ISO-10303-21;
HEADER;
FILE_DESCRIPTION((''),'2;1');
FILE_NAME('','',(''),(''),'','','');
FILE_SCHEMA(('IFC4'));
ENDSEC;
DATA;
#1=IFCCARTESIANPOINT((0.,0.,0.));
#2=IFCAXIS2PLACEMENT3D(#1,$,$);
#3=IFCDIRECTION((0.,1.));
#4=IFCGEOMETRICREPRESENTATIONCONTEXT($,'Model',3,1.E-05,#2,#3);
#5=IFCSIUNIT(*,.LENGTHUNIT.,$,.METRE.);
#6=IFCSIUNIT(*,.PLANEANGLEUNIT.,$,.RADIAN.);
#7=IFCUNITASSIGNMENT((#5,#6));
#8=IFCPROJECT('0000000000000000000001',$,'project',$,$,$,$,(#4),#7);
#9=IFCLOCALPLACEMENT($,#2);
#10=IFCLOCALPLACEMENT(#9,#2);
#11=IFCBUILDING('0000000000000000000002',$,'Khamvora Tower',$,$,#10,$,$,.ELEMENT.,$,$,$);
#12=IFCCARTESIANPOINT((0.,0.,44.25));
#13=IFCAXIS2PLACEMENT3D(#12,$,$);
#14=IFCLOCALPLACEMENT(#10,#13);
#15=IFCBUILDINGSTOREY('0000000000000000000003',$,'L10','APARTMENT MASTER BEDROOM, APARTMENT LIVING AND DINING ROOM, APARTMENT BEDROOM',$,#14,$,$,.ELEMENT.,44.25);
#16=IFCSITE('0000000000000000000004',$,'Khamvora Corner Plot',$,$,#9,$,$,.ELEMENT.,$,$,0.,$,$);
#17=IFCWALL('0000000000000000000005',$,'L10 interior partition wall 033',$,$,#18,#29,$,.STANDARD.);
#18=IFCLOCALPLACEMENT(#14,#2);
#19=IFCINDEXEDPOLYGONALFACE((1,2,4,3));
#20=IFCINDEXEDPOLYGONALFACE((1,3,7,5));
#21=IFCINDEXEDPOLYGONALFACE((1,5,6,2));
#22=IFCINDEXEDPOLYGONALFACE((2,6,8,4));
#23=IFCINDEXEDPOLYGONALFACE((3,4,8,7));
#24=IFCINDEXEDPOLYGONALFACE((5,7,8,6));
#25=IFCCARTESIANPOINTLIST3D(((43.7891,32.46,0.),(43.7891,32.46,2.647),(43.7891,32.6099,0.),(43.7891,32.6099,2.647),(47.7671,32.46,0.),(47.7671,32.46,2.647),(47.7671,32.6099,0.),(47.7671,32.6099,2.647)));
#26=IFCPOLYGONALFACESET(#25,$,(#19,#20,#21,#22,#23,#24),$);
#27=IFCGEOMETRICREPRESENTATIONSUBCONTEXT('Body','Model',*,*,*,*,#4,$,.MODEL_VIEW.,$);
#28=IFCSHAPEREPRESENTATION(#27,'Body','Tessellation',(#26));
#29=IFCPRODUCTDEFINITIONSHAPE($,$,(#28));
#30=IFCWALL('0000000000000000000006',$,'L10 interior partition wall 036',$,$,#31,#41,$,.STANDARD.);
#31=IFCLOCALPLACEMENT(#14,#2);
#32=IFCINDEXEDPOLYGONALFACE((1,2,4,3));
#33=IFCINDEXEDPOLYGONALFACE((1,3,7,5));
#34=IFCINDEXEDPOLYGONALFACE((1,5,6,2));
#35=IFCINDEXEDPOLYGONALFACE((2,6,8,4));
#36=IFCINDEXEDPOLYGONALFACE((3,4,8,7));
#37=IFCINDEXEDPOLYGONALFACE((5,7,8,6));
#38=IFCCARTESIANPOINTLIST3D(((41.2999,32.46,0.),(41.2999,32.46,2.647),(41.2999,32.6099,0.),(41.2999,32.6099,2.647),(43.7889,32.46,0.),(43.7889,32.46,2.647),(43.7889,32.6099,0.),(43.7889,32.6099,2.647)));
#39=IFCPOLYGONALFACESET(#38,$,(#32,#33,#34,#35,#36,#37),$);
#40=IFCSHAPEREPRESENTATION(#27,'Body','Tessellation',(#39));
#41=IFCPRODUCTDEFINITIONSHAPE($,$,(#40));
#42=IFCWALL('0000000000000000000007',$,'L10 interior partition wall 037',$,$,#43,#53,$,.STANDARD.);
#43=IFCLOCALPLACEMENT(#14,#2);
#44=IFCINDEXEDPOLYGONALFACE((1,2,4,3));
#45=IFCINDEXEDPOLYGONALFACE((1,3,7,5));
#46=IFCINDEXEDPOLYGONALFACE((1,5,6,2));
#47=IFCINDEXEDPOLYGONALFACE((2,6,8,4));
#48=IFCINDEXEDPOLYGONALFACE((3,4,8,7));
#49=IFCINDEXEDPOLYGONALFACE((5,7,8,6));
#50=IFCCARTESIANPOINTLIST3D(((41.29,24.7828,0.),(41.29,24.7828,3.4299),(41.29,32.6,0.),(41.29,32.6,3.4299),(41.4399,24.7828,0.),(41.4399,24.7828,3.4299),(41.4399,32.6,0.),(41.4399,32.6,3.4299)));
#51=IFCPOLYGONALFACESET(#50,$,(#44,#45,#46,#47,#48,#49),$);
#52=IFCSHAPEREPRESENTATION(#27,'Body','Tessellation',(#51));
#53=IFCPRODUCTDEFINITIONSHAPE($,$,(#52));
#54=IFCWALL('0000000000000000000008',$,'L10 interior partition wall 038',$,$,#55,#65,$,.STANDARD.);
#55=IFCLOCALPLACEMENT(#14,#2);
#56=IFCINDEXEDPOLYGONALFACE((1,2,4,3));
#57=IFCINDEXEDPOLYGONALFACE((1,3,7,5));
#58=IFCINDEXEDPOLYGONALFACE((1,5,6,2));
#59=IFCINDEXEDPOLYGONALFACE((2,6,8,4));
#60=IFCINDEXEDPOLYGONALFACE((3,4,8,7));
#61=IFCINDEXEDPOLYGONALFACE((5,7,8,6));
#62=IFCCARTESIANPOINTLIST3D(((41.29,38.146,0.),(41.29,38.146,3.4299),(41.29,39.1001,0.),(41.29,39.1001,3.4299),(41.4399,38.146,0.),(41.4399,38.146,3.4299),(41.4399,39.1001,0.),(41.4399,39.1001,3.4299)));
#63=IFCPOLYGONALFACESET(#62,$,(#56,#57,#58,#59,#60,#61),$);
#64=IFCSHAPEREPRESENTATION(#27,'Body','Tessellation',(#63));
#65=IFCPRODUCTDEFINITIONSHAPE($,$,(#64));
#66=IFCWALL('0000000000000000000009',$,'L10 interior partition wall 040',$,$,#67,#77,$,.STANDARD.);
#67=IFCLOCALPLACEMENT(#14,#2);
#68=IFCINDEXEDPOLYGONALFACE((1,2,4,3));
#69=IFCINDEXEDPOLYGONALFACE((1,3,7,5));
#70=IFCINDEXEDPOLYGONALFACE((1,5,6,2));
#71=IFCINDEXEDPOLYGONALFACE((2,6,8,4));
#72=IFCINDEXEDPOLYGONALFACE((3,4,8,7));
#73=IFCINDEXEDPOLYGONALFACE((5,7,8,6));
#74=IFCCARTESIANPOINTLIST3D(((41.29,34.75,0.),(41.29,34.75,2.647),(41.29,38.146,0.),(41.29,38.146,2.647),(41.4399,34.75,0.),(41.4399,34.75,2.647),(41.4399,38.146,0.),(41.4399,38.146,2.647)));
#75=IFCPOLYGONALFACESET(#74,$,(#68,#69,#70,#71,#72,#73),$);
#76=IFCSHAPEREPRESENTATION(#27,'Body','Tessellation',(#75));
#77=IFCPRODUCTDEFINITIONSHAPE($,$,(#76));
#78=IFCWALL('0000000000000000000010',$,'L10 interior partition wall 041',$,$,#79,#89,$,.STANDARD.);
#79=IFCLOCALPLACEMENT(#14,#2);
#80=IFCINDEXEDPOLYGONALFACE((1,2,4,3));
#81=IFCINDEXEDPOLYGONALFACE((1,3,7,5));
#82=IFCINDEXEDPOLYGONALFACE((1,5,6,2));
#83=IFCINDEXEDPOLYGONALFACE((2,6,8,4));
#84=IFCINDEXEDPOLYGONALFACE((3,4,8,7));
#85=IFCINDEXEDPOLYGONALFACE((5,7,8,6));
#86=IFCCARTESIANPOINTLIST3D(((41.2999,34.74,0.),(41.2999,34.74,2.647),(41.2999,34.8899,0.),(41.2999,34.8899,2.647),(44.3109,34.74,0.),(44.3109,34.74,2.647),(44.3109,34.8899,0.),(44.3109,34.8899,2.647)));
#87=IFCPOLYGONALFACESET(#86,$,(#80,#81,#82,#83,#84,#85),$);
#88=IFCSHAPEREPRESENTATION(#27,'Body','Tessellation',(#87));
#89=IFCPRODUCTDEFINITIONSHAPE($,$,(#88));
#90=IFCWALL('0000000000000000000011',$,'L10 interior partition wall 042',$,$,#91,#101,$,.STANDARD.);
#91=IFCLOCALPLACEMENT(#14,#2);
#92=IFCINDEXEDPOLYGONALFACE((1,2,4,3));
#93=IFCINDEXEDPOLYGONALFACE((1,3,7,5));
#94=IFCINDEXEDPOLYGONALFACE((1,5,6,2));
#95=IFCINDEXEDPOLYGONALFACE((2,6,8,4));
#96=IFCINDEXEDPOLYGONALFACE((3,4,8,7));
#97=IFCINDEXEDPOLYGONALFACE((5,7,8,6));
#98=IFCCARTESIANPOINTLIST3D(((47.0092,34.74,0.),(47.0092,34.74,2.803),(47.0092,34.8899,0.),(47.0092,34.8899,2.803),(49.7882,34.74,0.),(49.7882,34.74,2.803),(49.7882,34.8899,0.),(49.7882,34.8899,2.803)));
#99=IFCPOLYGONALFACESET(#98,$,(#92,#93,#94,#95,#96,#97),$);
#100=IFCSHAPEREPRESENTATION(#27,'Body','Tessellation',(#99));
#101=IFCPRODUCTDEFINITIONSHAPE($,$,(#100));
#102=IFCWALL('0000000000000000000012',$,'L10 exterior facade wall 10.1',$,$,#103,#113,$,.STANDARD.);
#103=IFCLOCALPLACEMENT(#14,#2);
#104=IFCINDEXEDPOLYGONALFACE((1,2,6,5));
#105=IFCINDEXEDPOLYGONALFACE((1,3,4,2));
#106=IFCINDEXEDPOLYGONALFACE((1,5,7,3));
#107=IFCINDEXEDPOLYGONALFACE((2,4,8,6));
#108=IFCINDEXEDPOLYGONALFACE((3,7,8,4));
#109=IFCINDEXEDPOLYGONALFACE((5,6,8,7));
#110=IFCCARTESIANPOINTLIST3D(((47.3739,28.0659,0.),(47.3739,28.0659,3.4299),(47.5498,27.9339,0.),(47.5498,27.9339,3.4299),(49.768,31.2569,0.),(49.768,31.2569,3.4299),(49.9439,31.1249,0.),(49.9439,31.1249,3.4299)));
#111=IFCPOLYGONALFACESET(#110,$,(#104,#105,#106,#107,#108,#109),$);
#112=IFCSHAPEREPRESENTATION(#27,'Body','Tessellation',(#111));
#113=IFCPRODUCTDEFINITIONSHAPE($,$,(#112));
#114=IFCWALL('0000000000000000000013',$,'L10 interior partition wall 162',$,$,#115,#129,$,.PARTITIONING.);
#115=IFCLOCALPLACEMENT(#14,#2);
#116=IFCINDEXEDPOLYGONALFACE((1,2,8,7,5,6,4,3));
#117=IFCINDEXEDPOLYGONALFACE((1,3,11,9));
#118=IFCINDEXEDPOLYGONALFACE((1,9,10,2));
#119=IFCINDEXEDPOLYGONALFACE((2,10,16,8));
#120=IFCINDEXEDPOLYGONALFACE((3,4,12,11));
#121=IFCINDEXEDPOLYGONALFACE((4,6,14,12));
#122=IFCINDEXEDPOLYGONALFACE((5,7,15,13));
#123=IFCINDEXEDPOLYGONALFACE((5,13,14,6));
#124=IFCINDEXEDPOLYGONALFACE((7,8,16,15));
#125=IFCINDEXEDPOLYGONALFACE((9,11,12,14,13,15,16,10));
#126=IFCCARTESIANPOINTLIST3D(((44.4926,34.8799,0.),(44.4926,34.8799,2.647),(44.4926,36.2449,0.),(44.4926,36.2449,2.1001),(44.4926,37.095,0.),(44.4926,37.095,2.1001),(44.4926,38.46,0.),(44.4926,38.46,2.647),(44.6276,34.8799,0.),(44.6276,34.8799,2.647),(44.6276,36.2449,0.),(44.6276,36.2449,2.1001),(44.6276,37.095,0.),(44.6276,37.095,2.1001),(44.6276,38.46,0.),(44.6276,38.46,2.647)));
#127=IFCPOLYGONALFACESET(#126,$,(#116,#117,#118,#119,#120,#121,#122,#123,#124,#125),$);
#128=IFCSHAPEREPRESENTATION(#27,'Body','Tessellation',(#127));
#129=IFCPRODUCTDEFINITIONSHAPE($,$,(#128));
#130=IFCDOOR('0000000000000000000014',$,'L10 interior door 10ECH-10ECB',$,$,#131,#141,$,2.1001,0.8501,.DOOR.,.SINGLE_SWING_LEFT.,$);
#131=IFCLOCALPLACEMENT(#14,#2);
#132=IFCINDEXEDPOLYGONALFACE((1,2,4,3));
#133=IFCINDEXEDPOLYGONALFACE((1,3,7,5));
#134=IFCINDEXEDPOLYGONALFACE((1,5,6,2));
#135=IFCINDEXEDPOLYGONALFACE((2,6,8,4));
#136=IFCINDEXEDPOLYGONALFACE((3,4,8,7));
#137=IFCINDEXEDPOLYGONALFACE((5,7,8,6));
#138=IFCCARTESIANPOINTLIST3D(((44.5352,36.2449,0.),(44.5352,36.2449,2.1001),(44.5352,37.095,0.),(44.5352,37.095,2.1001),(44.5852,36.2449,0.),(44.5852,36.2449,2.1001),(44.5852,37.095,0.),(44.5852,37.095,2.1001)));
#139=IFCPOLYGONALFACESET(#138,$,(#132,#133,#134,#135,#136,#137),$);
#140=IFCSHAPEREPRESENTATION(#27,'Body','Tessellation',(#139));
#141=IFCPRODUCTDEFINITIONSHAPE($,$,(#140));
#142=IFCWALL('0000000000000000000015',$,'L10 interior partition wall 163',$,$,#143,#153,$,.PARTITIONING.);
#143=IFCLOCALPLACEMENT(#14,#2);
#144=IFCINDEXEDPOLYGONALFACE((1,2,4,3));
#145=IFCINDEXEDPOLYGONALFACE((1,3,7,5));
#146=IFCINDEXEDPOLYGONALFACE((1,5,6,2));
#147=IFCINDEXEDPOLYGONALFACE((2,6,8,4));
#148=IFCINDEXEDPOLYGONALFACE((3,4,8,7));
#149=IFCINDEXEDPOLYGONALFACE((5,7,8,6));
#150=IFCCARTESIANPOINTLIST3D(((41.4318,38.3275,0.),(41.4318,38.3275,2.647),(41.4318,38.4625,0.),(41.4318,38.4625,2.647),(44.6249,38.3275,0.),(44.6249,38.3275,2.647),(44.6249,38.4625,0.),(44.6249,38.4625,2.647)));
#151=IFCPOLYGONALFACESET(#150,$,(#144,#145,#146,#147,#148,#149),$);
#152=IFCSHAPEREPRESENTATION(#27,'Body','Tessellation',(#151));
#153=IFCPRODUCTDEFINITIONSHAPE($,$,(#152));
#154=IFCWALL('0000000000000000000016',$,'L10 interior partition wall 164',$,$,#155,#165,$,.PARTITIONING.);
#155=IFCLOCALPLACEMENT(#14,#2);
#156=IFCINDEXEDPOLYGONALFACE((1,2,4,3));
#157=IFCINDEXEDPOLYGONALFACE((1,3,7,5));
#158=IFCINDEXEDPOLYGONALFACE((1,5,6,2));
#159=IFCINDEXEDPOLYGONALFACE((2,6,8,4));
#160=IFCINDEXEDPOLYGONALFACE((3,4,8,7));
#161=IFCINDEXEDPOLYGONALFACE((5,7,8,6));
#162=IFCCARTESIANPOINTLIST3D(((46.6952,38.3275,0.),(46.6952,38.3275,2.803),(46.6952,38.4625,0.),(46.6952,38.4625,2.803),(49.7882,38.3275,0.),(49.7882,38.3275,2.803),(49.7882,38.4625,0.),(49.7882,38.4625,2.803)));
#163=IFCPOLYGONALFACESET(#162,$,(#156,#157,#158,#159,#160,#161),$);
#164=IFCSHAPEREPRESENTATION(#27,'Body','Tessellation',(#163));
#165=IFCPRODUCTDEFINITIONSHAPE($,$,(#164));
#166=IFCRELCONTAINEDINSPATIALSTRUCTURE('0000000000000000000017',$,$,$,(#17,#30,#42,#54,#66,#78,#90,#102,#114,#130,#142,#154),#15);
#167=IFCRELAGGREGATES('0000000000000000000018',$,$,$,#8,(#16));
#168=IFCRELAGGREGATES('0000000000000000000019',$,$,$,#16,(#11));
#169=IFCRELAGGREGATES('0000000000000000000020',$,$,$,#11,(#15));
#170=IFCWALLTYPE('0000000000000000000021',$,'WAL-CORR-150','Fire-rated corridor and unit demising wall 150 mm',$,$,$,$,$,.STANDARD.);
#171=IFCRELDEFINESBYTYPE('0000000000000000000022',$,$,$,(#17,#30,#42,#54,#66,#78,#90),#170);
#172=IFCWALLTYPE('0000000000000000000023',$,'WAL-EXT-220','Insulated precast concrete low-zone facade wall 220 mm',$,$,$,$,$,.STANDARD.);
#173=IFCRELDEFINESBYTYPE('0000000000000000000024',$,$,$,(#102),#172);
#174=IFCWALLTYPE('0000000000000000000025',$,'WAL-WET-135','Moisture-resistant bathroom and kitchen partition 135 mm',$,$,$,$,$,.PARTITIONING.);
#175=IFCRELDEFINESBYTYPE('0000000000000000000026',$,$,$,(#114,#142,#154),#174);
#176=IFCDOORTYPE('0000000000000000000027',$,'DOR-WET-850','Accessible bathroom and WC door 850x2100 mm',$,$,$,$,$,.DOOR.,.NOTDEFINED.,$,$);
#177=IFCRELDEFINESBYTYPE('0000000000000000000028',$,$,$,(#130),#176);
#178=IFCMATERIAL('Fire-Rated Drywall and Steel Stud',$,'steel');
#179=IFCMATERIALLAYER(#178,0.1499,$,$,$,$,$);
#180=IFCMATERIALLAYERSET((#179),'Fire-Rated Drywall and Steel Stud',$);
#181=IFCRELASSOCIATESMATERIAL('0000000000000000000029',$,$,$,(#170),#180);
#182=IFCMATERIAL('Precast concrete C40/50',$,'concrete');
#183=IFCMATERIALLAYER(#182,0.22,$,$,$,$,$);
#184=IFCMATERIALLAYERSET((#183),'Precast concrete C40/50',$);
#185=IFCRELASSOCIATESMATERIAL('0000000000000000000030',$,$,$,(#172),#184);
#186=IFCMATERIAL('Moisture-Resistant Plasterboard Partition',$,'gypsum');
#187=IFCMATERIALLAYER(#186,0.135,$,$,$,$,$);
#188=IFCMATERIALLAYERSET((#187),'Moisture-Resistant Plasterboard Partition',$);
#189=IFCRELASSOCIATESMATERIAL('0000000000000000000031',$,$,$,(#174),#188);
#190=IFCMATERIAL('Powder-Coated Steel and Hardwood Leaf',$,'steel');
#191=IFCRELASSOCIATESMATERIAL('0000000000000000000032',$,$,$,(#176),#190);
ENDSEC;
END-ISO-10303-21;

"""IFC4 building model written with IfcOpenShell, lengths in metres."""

from ifc_helpers import new_model, si_unit, direction, frame, frame_2d, origin, place, context, subcontext, project, spatial, rectangle, extrude, material, layer, layer_set, type_object, element, fill, save


model = new_model("IFC4")

# Units and contexts
model_context = context("Model", 3, precision=1e-05, world=origin(), true_north=direction((0.0, 1.0)))
body_context = subcontext(model_context, "Body", "Model", "MODEL_VIEW")
ifc_project = project(units=[si_unit("LENGTHUNIT", "METRE"), si_unit("PLANEANGLEUNIT", "RADIAN")], contexts=[model_context])

# Site, building, storey
site_placement = place(None, origin())
site = spatial("IfcSite", under=ifc_project, at=site_placement, Name="Khamvora Corner Plot", CompositionType="ELEMENT", RefElevation=0.0)
building_placement = place(site_placement, origin())
building = spatial("IfcBuilding", under=site, at=building_placement, Name="Khamvora Tower", CompositionType="ELEMENT")
storey_placement = place(building_placement, frame((0.0, 0.0, 44.25)))
storey = spatial("IfcBuildingStorey", under=building, at=storey_placement, Name="L10", Description="APARTMENT MASTER BEDROOM, APARTMENT LIVING AND DINING ROOM, APARTMENT BEDROOM", CompositionType="ELEMENT", Elevation=44.25)

# Walls
ifc_material_1 = material(Name="Fire-Rated Drywall and Steel Stud", Category="steel")
ifc_layer_1 = layer(ifc_material_1, 0.1499)
ifc_layer_set_1 = layer_set([ifc_layer_1], Name="Fire-Rated Drywall and Steel Stud")
wall_type_1 = type_object("IfcWallType", Name="WAL-CORR-150", Description="Fire-rated corridor and unit demising wall 150 mm", PredefinedType="STANDARD", material=ifc_layer_set_1)
wall_1_placement = place(storey_placement, frame((47.7671, 32.5349, 0.0), z_axis=(0.0, 0.0, 1.0), x_axis=(-1.0, 0.0, 0.0)))
element("IfcWall", 1, at=wall_1_placement, inside=storey, type_object=wall_type_1, Name="L10 interior partition wall 033", PredefinedType="STANDARD", context=body_context, shape_type="SweptSolid", body=[
    extrude(rectangle(XDim=3.978, YDim=0.1499, at=frame_2d((1.989, 0.0))), origin(), (0.0, 0.0, 1.0), 2.647),
])
wall_2_placement = place(storey_placement, frame((43.7891, 32.5349, 0.0), z_axis=(0.0, 0.0, 1.0), x_axis=(-1.0, 0.0, 0.0)))
element("IfcWall", 2, at=wall_2_placement, inside=storey, type_object=wall_type_1, Name="L10 interior partition wall 036", PredefinedType="STANDARD", context=body_context, shape_type="SweptSolid", body=[
    extrude(rectangle(XDim=2.489, YDim=0.1499, at=frame_2d((1.2446, 0.0))), origin(), (0.0, 0.0, 1.0), 2.647),
])
wall_3_placement = place(storey_placement, frame((41.365, 32.6001, 0.0), z_axis=(0.0, 0.0, 1.0), x_axis=(0.0, -1.0, 0.0)))
element("IfcWall", 3, at=wall_3_placement, inside=storey, type_object=wall_type_1, Name="L10 interior partition wall 037", PredefinedType="STANDARD", context=body_context, shape_type="SweptSolid", body=[
    extrude(rectangle(XDim=7.8171, YDim=0.1499, at=frame_2d((3.9087, 0.0))), origin(), (0.0, 0.0, 1.0), 3.4299),
])
wall_4_placement = place(storey_placement, frame((41.365, 39.1001, 0.0), z_axis=(0.0, 0.0, 1.0), x_axis=(0.0, -1.0, 0.0)))
element("IfcWall", 4, at=wall_4_placement, inside=storey, type_object=wall_type_1, Name="L10 interior partition wall 038", PredefinedType="STANDARD", context=body_context, shape_type="SweptSolid", body=[
    extrude(rectangle(XDim=0.9541, YDim=0.1499, at=frame_2d((0.4771, 0.0))), origin(), (0.0, 0.0, 1.0), 3.4299),
])

# Shared definitions
ifc_material_2 = material(Name="Powder-Coated Steel and Hardwood Leaf", Category="steel")

# Walls
wall_5_placement = place(storey_placement, frame((41.365, 38.146, 0.0), z_axis=(0.0, 0.0, 1.0), x_axis=(0.0, -1.0, 0.0)))
element("IfcWall", 5, at=wall_5_placement, inside=storey, type_object=wall_type_1, Name="L10 interior partition wall 040", PredefinedType="STANDARD", context=body_context, shape_type="SweptSolid", body=[
    extrude(rectangle(XDim=3.396, YDim=0.1499, at=frame_2d((1.698, 0.0))), origin(), (0.0, 0.0, 1.0), 2.647),
])
wall_6_placement = place(storey_placement, frame((41.3, 34.8149, 0.0), z_axis=(0.0, 0.0, 1.0), x_axis=(1.0, 0.0, 0.0)))
element("IfcWall", 6, at=wall_6_placement, inside=storey, type_object=wall_type_1, Name="L10 interior partition wall 041", PredefinedType="STANDARD", context=body_context, shape_type="SweptSolid", body=[
    extrude(rectangle(XDim=3.011, YDim=0.1499, at=frame_2d((1.5054, 0.0))), origin(), (0.0, 0.0, 1.0), 2.647),
])
wall_7_placement = place(storey_placement, frame((47.009, 34.8149, 0.0), z_axis=(0.0, 0.0, 1.0), x_axis=(1.0, 0.0, 0.0)))
element("IfcWall", 7, at=wall_7_placement, inside=storey, type_object=wall_type_1, Name="L10 interior partition wall 042", PredefinedType="STANDARD", context=body_context, shape_type="SweptSolid", body=[
    extrude(rectangle(XDim=2.7791, YDim=0.1499, at=frame_2d((1.3896, 0.0))), origin(), (0.0, 0.0, 1.0), 2.803),
])
ifc_material_3 = material(Name="Precast concrete C40/50", Category="concrete")
ifc_layer_2 = layer(ifc_material_3, 0.22)
ifc_layer_set_2 = layer_set([ifc_layer_2], Name="Precast concrete C40/50")
wall_type_2 = type_object("IfcWallType", Name="WAL-EXT-220", Description="Insulated precast concrete low-zone facade wall 220 mm", PredefinedType="STANDARD", material=ifc_layer_set_2)
wall_8_placement = place(storey_placement, frame((49.856, 31.1909, 0.0), z_axis=(0.0, 0.0, 1.0), x_axis=(-0.600137, -0.799897, 0.0)))
element("IfcWall", 8, at=wall_8_placement, inside=storey, type_object=wall_type_2, Name="L10 exterior facade wall 10.1", PredefinedType="STANDARD", context=body_context, shape_type="SweptSolid", body=[
    extrude(rectangle(XDim=3.9893, YDim=0.22, at=frame_2d((1.9946, 0.0))), origin(), (0.0, 0.0, 1.0), 3.4299),
])

# Wall, opening, door
ifc_material_4 = material(Name="Moisture-Resistant Plasterboard Partition", Category="gypsum")
ifc_layer_3 = layer(ifc_material_4, 0.135)
ifc_layer_set_3 = layer_set([ifc_layer_3], Name="Moisture-Resistant Plasterboard Partition")
wall_type_3 = type_object("IfcWallType", Name="WAL-WET-135", Description="Moisture-resistant bathroom and kitchen partition 135 mm", PredefinedType="PARTITIONING", material=ifc_layer_set_3)
wall_9_placement = place(storey_placement, frame((44.5601, 34.8799, 0.0), z_axis=(0.0, 0.0, 1.0), x_axis=(0.0, 1.0, 0.0)))
wall_9 = element("IfcWall", 9, at=wall_9_placement, inside=storey, type_object=wall_type_3, Name="L10 interior partition wall 162", PredefinedType="PARTITIONING", context=body_context, shape_type="SweptSolid", body=[
    extrude(rectangle(XDim=3.5801, YDim=0.135, at=frame_2d((1.79, 0.0))), origin(), (0.0, 0.0, 1.0), 2.647),
])
opening_1_placement = place(wall_9_placement, frame((1.365, 0.0, 0.0)))
opening_1 = element("IfcOpeningElement", 10, at=opening_1_placement, cuts=wall_9, PredefinedType="OPENING", context=body_context, shape_type="SweptSolid", body=[
    extrude(rectangle(XDim=0.8501, YDim=2.1001, at=frame_2d((0.425, 1.05))), frame((0.0, 0.0774, 0.0), z_axis=(0.0, -1.0, 0.0), x_axis=(1.0, 0.0, 0.0)), (0.0, 0.0, 1.0), 0.155),
])
door_type_1 = type_object("IfcDoorType", Name="DOR-WET-850", Description="Accessible bathroom and WC door 850x2100 mm", OperationType="NOTDEFINED", PredefinedType="DOOR", material=ifc_material_2)
door_1_placement = place(opening_1_placement, origin())
door_1 = element("IfcDoor", 11, at=door_1_placement, inside=storey, type_object=door_type_1, Name="L10 interior door 10ECH-10ECB", OperationType="SINGLE_SWING_LEFT", OverallHeight=2.1001, OverallWidth=0.8501, PredefinedType="DOOR", context=body_context, shape_type="SweptSolid", body=[
    extrude(rectangle(XDim=0.8501, YDim=2.1001, at=frame_2d((0.425, 1.05))), frame((0.0, 0.0249, 0.0), z_axis=(0.0, -1.0, 0.0), x_axis=(1.0, 0.0, 0.0)), (0.0, 0.0, 1.0), 0.05),
])
fill(opening_1, door_1)

# Walls
wall_10_placement = place(storey_placement, frame((44.625, 38.395, 0.0), z_axis=(0.0, 0.0, 1.0), x_axis=(-1.0, 0.0, 0.0)))
element("IfcWall", 12, at=wall_10_placement, inside=storey, type_object=wall_type_3, Name="L10 interior partition wall 163", PredefinedType="PARTITIONING", context=body_context, shape_type="SweptSolid", body=[
    extrude(rectangle(XDim=3.1931, YDim=0.135, at=frame_2d((1.5967, 0.0))), origin(), (0.0, 0.0, 1.0), 2.647),
])
wall_11_placement = place(storey_placement, frame((49.7881, 38.395, 0.0), z_axis=(0.0, 0.0, 1.0), x_axis=(-1.0, 0.0, 0.0)))
element("IfcWall", 13, at=wall_11_placement, inside=storey, type_object=wall_type_3, Name="L10 interior partition wall 164", PredefinedType="PARTITIONING", context=body_context, shape_type="SweptSolid", body=[
    extrude(rectangle(XDim=3.093, YDim=0.135, at=frame_2d((1.5464, 0.0))), origin(), (0.0, 0.0, 1.0), 2.803),
])

save(model, "model.ifc")
